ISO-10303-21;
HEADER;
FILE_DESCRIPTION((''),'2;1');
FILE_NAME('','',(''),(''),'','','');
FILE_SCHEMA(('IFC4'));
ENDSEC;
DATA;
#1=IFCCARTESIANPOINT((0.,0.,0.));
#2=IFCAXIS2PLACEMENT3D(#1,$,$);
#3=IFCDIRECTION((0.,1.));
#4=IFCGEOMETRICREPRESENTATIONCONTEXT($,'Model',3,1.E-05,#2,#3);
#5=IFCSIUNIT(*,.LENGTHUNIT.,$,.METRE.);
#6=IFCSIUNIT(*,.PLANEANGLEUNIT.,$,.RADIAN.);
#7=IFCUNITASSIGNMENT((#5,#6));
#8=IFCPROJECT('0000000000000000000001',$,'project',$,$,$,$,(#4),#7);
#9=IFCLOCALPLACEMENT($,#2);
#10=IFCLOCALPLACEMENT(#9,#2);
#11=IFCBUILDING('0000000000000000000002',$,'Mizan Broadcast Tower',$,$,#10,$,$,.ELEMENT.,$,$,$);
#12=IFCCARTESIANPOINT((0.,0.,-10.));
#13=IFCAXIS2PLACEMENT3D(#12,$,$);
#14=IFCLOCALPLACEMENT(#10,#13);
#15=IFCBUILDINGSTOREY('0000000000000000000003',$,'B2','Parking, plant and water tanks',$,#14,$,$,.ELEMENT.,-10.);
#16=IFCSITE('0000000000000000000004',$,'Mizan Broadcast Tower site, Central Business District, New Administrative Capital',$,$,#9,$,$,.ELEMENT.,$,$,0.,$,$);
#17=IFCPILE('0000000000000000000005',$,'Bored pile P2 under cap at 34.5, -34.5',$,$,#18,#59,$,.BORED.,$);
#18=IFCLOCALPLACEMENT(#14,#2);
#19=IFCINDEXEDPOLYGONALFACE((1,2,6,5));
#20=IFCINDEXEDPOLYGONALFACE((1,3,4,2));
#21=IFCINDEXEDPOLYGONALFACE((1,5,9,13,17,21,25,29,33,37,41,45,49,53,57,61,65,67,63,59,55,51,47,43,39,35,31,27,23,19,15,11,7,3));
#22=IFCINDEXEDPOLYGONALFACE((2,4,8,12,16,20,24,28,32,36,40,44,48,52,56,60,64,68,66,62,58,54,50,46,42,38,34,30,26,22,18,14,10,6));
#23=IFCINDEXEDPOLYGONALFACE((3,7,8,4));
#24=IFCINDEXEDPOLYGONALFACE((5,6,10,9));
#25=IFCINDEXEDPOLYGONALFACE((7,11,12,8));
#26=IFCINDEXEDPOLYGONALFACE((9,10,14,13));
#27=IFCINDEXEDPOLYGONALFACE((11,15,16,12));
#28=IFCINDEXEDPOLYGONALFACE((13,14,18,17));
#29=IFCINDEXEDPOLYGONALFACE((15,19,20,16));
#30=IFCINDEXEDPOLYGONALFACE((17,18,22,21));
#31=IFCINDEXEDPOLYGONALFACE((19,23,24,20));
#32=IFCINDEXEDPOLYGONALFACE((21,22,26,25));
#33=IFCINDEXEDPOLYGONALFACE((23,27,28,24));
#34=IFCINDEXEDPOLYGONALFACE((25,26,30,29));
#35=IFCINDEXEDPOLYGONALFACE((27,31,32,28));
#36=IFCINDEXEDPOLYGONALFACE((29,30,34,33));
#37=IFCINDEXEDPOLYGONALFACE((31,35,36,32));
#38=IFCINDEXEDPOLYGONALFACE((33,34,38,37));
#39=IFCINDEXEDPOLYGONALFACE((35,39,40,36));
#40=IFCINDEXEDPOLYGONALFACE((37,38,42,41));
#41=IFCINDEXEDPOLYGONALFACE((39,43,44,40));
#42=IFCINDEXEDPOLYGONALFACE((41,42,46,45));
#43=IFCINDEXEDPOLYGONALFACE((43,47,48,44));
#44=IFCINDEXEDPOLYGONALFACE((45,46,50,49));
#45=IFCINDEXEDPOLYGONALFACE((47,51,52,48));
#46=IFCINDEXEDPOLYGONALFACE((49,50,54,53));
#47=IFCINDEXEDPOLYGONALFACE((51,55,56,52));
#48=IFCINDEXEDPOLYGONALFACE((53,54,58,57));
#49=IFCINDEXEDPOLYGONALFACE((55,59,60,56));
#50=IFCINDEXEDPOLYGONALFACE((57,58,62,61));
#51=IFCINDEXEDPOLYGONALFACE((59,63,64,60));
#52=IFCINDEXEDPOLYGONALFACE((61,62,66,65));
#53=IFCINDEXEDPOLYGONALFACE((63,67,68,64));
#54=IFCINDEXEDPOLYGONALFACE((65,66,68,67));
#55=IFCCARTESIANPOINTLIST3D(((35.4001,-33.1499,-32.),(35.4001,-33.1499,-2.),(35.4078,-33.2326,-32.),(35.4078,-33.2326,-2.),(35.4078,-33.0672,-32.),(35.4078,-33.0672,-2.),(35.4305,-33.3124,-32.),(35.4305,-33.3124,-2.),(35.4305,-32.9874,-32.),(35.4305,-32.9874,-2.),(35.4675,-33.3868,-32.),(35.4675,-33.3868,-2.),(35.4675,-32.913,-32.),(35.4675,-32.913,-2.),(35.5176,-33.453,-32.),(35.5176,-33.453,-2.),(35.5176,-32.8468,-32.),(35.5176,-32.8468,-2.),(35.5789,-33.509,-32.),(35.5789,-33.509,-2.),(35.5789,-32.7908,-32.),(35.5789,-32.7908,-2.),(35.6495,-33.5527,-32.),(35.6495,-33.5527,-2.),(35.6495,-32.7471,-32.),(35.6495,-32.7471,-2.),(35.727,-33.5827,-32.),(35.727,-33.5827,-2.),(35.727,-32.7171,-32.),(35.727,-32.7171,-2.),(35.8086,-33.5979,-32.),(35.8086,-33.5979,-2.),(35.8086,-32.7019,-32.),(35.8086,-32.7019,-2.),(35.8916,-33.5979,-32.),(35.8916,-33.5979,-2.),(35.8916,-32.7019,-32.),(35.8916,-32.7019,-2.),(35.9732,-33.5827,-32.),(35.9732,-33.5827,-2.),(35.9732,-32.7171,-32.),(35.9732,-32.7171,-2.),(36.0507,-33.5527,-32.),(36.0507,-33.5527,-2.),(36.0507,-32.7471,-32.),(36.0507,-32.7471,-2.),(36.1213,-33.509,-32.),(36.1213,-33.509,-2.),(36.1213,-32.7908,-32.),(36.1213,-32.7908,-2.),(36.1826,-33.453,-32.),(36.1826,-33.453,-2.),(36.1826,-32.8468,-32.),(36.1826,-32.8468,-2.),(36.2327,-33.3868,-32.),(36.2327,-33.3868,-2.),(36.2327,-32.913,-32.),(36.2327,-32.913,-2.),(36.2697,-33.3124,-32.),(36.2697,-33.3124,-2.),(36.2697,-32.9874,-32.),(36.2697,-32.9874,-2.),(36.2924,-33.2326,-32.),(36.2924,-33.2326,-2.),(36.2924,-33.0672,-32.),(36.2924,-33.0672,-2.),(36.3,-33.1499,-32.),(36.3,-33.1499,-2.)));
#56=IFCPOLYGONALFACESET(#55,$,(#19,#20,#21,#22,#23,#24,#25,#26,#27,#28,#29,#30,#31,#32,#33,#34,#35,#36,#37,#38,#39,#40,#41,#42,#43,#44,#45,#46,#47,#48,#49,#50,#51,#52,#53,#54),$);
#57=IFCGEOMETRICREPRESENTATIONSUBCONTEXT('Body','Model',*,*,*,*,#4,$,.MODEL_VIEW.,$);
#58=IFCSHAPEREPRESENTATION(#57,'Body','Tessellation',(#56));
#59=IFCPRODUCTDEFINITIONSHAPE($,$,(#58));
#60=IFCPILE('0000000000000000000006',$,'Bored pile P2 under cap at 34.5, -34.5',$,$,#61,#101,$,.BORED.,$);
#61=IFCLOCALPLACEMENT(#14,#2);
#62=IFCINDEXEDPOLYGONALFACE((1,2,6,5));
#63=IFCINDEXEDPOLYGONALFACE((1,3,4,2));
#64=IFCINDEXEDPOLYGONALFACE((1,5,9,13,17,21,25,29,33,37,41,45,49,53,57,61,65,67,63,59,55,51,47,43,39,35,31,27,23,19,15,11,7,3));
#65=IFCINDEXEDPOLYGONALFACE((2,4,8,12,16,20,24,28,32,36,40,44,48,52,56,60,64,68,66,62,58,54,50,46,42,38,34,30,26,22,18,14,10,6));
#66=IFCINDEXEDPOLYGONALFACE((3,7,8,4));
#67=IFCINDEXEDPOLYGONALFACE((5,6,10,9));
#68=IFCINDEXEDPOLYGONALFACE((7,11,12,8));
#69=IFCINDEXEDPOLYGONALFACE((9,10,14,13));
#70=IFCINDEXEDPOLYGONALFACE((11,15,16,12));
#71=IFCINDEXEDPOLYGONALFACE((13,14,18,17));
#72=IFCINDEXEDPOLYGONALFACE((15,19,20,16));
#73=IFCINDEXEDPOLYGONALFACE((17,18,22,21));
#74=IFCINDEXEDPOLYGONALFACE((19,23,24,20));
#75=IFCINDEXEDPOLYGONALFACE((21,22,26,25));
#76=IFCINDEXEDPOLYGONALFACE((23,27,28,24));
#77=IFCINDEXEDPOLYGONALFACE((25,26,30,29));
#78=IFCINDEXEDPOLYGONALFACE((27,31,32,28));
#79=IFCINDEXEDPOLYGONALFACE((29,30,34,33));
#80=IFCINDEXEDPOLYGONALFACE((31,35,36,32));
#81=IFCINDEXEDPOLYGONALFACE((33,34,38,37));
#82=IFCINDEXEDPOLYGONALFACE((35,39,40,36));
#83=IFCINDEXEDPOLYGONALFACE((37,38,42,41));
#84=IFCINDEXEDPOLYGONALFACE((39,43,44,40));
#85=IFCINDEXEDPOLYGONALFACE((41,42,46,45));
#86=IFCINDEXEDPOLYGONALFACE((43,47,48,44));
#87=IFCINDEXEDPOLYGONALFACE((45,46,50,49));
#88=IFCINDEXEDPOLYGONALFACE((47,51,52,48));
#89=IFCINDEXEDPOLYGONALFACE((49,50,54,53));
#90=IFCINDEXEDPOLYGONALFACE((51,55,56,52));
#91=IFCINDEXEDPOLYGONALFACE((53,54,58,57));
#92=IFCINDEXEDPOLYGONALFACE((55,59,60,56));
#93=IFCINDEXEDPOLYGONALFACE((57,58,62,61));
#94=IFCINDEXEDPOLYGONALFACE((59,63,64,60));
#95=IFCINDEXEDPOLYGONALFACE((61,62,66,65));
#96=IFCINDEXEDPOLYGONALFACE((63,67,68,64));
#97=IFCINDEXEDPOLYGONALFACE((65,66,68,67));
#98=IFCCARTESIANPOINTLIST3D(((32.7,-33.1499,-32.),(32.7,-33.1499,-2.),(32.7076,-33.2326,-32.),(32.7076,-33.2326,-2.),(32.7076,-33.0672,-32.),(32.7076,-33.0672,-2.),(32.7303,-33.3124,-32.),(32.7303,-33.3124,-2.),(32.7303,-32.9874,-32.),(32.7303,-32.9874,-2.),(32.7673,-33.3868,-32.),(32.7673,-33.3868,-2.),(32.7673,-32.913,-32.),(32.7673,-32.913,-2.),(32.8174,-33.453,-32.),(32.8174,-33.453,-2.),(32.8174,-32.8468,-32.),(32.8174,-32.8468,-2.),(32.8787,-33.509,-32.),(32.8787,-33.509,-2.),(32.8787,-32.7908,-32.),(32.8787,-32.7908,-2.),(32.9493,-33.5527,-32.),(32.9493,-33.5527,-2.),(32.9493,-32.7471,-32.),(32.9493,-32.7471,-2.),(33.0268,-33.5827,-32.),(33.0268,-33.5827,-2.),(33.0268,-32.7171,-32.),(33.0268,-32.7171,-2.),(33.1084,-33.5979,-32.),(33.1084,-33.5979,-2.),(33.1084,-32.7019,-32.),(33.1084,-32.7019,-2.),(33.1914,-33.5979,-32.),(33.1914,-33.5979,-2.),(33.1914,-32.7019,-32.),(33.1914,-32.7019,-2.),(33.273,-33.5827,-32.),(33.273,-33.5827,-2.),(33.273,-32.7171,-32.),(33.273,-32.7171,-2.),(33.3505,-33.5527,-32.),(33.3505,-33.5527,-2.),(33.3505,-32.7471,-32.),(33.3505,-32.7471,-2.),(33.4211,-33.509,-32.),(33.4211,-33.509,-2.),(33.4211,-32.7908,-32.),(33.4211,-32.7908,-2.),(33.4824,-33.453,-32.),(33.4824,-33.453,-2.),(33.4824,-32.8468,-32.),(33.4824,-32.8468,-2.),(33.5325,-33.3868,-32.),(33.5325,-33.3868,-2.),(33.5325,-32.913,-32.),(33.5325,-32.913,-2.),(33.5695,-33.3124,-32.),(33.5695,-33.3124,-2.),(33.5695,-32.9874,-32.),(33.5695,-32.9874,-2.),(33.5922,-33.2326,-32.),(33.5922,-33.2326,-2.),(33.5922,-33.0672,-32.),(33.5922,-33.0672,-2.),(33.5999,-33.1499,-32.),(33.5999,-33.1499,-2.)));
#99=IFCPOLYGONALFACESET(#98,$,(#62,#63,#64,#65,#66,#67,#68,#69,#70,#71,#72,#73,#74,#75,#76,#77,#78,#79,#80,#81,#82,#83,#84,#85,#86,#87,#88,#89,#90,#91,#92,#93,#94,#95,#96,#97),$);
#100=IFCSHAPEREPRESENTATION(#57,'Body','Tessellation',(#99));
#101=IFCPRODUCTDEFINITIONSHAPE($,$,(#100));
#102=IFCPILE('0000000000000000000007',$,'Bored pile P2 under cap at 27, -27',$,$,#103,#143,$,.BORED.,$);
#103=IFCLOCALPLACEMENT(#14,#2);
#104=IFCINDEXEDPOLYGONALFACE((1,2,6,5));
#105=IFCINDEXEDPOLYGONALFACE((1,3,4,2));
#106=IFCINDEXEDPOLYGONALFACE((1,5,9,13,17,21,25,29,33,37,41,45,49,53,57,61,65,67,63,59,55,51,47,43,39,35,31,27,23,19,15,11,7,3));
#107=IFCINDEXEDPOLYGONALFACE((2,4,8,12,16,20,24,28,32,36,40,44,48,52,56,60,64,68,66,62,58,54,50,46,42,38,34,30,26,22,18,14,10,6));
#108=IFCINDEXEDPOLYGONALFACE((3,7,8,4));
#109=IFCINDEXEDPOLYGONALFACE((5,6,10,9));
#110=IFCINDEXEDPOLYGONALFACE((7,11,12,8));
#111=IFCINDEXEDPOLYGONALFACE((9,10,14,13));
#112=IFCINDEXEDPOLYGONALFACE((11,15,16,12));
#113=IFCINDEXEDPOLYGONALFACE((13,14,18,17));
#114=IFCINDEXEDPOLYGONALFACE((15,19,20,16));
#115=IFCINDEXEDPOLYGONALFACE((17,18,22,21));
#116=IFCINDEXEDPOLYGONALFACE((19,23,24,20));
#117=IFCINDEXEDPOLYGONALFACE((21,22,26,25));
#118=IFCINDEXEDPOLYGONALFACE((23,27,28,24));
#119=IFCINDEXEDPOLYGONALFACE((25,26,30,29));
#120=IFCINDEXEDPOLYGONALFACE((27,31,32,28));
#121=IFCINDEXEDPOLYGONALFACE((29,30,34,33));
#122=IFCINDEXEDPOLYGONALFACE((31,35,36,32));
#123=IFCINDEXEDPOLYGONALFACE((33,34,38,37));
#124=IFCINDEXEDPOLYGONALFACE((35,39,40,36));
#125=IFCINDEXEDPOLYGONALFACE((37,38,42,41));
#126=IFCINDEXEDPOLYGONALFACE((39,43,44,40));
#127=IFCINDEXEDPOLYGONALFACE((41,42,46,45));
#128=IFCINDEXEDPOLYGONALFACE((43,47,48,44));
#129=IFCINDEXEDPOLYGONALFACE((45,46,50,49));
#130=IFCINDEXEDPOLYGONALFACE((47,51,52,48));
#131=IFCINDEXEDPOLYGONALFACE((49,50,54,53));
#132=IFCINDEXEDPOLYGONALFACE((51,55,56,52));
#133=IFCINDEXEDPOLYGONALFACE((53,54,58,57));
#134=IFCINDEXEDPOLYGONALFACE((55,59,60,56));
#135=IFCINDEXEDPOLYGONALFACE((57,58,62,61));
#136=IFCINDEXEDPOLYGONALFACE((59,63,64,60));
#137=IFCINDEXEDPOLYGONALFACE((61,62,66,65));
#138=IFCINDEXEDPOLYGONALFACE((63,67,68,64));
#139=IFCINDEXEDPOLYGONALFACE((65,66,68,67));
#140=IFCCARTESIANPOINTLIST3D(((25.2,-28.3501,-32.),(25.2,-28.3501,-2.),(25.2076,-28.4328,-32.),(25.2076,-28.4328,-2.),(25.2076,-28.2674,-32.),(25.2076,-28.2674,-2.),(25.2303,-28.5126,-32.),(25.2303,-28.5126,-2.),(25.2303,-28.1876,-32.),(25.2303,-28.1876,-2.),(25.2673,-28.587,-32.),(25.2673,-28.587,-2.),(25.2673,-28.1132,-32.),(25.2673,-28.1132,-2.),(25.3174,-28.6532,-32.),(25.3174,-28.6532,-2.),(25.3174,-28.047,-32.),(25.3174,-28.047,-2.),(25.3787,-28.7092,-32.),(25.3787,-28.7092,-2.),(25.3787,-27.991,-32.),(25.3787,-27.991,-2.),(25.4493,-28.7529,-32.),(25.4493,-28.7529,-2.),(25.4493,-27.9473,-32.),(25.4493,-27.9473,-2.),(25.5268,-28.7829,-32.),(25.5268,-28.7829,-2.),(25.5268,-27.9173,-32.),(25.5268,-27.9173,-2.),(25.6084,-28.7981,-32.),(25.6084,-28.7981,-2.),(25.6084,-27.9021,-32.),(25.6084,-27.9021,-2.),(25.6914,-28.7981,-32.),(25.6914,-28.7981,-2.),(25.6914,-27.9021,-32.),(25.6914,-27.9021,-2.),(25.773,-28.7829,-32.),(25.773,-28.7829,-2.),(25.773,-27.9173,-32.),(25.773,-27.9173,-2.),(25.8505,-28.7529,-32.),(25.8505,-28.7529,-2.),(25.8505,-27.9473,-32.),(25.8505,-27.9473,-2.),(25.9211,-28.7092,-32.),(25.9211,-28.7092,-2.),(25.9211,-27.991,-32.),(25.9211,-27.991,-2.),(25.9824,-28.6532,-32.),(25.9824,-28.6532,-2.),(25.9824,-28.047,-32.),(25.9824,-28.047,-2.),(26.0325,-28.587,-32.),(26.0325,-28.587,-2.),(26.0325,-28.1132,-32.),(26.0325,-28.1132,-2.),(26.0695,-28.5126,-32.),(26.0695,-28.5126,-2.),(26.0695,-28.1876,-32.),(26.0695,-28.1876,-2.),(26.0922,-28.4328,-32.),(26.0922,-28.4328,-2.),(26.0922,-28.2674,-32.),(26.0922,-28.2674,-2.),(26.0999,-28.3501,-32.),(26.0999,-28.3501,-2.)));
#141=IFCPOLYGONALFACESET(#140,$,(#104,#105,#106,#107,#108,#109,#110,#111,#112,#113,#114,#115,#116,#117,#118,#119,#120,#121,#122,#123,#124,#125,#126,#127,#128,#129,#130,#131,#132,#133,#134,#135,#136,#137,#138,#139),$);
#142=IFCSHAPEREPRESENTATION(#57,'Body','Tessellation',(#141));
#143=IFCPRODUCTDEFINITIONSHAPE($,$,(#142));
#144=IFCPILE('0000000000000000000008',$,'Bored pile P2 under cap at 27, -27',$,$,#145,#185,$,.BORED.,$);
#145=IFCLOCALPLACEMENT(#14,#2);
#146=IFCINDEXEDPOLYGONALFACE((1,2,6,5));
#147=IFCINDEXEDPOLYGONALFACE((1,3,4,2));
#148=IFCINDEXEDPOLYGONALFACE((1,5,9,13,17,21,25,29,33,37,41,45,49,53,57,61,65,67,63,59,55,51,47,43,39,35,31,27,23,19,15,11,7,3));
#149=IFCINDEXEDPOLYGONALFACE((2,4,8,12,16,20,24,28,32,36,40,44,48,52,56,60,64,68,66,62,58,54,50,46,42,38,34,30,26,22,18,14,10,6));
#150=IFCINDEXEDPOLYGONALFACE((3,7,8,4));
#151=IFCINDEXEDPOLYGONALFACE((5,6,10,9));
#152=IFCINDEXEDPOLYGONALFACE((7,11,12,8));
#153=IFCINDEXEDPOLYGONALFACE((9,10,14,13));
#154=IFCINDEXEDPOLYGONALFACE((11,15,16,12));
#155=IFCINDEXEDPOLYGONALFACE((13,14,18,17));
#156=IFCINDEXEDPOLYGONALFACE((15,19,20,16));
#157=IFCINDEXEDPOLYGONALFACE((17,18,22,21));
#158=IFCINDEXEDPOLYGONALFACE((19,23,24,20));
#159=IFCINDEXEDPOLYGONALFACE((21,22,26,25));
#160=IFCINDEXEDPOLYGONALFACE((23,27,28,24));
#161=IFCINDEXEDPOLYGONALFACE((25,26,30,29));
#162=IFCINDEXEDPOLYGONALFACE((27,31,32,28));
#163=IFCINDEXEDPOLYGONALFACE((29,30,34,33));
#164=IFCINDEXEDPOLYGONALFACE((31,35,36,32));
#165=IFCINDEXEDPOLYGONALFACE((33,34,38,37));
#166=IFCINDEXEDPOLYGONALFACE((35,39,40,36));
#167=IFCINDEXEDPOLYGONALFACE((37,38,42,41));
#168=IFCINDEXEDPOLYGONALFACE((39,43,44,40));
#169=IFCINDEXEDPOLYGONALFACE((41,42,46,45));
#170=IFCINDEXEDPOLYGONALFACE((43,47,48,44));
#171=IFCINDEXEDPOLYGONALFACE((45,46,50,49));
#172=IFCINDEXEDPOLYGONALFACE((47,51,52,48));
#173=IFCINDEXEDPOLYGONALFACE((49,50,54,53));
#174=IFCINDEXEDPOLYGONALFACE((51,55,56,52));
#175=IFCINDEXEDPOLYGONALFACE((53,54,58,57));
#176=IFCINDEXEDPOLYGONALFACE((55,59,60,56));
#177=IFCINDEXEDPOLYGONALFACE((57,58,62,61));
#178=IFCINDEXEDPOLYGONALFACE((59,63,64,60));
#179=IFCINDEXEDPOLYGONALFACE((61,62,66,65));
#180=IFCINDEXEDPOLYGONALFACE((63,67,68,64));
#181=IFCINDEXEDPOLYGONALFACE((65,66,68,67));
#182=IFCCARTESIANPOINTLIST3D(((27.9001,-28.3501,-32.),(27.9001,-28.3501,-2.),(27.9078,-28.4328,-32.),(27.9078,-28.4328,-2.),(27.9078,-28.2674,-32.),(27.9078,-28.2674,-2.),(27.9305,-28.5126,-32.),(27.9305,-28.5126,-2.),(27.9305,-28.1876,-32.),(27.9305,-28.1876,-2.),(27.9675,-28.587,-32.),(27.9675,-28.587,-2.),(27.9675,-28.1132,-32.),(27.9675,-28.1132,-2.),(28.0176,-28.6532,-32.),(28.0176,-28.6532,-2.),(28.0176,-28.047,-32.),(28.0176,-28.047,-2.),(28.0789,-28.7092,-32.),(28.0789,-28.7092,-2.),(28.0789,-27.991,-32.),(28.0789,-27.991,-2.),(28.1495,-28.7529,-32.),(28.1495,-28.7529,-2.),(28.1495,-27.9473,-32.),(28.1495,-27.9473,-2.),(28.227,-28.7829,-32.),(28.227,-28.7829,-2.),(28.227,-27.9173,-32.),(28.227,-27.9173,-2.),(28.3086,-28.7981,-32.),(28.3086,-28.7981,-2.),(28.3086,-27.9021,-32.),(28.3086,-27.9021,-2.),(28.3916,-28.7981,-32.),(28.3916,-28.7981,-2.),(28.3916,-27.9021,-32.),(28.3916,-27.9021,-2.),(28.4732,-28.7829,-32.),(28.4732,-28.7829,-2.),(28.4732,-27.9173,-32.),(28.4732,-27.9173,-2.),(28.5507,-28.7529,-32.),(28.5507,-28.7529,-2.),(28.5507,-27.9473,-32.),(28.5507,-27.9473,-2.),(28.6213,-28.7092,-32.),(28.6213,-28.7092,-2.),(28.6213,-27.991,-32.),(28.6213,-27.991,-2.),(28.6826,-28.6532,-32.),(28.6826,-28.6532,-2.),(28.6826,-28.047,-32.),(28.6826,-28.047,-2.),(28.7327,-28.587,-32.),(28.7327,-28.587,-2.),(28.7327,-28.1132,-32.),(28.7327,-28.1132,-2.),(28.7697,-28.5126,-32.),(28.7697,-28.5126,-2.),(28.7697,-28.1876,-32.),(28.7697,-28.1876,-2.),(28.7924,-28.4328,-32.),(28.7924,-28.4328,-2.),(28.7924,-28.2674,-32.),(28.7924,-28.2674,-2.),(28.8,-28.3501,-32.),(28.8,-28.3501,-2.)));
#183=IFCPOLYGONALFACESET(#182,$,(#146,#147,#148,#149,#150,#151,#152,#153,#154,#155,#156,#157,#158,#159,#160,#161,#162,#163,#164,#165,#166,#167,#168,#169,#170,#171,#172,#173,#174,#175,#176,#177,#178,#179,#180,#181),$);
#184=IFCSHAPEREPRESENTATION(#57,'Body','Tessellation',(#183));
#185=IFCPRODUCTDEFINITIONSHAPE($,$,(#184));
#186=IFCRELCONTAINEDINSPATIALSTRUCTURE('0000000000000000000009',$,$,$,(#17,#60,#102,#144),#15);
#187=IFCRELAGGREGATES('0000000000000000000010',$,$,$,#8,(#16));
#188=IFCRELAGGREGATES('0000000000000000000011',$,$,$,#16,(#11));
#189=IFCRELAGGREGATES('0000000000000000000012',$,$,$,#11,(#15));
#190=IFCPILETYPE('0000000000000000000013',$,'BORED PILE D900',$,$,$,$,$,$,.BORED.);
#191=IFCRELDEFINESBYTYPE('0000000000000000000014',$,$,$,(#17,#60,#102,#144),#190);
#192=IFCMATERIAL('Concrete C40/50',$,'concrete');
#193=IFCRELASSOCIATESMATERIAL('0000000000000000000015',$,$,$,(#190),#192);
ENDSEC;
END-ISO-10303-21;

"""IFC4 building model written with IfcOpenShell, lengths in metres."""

from ifc_helpers import new_model, si_unit, direction, frame, origin, origin_2d, place, context, subcontext, project, spatial, circle, extrude, material, material_profile, profile_set, type_object, element, save


model = new_model("IFC4")

# Units and contexts
model_context = context("Model", 3, precision=1e-05, world=origin(), true_north=direction((0.0, 1.0)))
body_context = subcontext(model_context, "Body", "Model", "MODEL_VIEW")
ifc_project = project(units=[si_unit("LENGTHUNIT", "METRE"), si_unit("PLANEANGLEUNIT", "RADIAN")], contexts=[model_context])

# Site, building, storey
site_placement = place(None, origin())
site = spatial("IfcSite", under=ifc_project, at=site_placement, Name="Mizan Broadcast Tower site, Central Business District, New Administrative Capital", CompositionType="ELEMENT", RefElevation=0.0)
building_placement = place(site_placement, origin())
building = spatial("IfcBuilding", under=site, at=building_placement, Name="Mizan Broadcast Tower", CompositionType="ELEMENT")
storey_placement = place(building_placement, frame((0.0, 0.0, -10.0)))
storey = spatial("IfcBuildingStorey", under=building, at=storey_placement, Name="B2", Description="Parking, plant and water tanks", CompositionType="ELEMENT", Elevation=-10.0)

# Piles
ifc_material_1 = material(Name="Concrete C40/50", Category="concrete")
ifc_material_profile_1 = material_profile(ifc_material_1, circle(Radius=0.45, at=origin_2d()), Name="D900")
ifc_profile_set_1 = profile_set([ifc_material_profile_1], Name="Concrete C40/50")
pile_type = type_object("IfcPileType", Name="BORED PILE D900", PredefinedType="BORED", material=ifc_profile_set_1)
for number, where, z_axis, x_axis, name in (
    (1, (35.8501, -33.1499, -2.0), (0.0, 0.0, -1.0), (1.0, 0.0, 0.0), "Bored pile P2 under cap at 34.5, -34.5"),
    (2, (33.1499, -33.1499, -2.0), (0.0, 0.0, -1.0), (1.0, 0.0, 0.0), "Bored pile P2 under cap at 34.5, -34.5"),
    (3, (25.6499, -28.3501, -2.0), (0.0, 0.0, -1.0), (1.0, 0.0, 0.0), "Bored pile P2 under cap at 27, -27"),
    (4, (28.3501, -28.3501, -2.0), (0.0, 0.0, -1.0), (1.0, 0.0, 0.0), "Bored pile P2 under cap at 27, -27"),
):
    element("IfcPile", number, at=place(storey_placement, frame(where, z_axis=z_axis, x_axis=x_axis)), inside=storey, type_object=pile_type, Name=name, PredefinedType="BORED", context=body_context, shape_type="SweptSolid", body=[
        extrude(circle(Radius=0.45, at=origin_2d()), origin(), (0.0, 0.0, 1.0), 30.0),
    ])

save(model, "model.ifc")
